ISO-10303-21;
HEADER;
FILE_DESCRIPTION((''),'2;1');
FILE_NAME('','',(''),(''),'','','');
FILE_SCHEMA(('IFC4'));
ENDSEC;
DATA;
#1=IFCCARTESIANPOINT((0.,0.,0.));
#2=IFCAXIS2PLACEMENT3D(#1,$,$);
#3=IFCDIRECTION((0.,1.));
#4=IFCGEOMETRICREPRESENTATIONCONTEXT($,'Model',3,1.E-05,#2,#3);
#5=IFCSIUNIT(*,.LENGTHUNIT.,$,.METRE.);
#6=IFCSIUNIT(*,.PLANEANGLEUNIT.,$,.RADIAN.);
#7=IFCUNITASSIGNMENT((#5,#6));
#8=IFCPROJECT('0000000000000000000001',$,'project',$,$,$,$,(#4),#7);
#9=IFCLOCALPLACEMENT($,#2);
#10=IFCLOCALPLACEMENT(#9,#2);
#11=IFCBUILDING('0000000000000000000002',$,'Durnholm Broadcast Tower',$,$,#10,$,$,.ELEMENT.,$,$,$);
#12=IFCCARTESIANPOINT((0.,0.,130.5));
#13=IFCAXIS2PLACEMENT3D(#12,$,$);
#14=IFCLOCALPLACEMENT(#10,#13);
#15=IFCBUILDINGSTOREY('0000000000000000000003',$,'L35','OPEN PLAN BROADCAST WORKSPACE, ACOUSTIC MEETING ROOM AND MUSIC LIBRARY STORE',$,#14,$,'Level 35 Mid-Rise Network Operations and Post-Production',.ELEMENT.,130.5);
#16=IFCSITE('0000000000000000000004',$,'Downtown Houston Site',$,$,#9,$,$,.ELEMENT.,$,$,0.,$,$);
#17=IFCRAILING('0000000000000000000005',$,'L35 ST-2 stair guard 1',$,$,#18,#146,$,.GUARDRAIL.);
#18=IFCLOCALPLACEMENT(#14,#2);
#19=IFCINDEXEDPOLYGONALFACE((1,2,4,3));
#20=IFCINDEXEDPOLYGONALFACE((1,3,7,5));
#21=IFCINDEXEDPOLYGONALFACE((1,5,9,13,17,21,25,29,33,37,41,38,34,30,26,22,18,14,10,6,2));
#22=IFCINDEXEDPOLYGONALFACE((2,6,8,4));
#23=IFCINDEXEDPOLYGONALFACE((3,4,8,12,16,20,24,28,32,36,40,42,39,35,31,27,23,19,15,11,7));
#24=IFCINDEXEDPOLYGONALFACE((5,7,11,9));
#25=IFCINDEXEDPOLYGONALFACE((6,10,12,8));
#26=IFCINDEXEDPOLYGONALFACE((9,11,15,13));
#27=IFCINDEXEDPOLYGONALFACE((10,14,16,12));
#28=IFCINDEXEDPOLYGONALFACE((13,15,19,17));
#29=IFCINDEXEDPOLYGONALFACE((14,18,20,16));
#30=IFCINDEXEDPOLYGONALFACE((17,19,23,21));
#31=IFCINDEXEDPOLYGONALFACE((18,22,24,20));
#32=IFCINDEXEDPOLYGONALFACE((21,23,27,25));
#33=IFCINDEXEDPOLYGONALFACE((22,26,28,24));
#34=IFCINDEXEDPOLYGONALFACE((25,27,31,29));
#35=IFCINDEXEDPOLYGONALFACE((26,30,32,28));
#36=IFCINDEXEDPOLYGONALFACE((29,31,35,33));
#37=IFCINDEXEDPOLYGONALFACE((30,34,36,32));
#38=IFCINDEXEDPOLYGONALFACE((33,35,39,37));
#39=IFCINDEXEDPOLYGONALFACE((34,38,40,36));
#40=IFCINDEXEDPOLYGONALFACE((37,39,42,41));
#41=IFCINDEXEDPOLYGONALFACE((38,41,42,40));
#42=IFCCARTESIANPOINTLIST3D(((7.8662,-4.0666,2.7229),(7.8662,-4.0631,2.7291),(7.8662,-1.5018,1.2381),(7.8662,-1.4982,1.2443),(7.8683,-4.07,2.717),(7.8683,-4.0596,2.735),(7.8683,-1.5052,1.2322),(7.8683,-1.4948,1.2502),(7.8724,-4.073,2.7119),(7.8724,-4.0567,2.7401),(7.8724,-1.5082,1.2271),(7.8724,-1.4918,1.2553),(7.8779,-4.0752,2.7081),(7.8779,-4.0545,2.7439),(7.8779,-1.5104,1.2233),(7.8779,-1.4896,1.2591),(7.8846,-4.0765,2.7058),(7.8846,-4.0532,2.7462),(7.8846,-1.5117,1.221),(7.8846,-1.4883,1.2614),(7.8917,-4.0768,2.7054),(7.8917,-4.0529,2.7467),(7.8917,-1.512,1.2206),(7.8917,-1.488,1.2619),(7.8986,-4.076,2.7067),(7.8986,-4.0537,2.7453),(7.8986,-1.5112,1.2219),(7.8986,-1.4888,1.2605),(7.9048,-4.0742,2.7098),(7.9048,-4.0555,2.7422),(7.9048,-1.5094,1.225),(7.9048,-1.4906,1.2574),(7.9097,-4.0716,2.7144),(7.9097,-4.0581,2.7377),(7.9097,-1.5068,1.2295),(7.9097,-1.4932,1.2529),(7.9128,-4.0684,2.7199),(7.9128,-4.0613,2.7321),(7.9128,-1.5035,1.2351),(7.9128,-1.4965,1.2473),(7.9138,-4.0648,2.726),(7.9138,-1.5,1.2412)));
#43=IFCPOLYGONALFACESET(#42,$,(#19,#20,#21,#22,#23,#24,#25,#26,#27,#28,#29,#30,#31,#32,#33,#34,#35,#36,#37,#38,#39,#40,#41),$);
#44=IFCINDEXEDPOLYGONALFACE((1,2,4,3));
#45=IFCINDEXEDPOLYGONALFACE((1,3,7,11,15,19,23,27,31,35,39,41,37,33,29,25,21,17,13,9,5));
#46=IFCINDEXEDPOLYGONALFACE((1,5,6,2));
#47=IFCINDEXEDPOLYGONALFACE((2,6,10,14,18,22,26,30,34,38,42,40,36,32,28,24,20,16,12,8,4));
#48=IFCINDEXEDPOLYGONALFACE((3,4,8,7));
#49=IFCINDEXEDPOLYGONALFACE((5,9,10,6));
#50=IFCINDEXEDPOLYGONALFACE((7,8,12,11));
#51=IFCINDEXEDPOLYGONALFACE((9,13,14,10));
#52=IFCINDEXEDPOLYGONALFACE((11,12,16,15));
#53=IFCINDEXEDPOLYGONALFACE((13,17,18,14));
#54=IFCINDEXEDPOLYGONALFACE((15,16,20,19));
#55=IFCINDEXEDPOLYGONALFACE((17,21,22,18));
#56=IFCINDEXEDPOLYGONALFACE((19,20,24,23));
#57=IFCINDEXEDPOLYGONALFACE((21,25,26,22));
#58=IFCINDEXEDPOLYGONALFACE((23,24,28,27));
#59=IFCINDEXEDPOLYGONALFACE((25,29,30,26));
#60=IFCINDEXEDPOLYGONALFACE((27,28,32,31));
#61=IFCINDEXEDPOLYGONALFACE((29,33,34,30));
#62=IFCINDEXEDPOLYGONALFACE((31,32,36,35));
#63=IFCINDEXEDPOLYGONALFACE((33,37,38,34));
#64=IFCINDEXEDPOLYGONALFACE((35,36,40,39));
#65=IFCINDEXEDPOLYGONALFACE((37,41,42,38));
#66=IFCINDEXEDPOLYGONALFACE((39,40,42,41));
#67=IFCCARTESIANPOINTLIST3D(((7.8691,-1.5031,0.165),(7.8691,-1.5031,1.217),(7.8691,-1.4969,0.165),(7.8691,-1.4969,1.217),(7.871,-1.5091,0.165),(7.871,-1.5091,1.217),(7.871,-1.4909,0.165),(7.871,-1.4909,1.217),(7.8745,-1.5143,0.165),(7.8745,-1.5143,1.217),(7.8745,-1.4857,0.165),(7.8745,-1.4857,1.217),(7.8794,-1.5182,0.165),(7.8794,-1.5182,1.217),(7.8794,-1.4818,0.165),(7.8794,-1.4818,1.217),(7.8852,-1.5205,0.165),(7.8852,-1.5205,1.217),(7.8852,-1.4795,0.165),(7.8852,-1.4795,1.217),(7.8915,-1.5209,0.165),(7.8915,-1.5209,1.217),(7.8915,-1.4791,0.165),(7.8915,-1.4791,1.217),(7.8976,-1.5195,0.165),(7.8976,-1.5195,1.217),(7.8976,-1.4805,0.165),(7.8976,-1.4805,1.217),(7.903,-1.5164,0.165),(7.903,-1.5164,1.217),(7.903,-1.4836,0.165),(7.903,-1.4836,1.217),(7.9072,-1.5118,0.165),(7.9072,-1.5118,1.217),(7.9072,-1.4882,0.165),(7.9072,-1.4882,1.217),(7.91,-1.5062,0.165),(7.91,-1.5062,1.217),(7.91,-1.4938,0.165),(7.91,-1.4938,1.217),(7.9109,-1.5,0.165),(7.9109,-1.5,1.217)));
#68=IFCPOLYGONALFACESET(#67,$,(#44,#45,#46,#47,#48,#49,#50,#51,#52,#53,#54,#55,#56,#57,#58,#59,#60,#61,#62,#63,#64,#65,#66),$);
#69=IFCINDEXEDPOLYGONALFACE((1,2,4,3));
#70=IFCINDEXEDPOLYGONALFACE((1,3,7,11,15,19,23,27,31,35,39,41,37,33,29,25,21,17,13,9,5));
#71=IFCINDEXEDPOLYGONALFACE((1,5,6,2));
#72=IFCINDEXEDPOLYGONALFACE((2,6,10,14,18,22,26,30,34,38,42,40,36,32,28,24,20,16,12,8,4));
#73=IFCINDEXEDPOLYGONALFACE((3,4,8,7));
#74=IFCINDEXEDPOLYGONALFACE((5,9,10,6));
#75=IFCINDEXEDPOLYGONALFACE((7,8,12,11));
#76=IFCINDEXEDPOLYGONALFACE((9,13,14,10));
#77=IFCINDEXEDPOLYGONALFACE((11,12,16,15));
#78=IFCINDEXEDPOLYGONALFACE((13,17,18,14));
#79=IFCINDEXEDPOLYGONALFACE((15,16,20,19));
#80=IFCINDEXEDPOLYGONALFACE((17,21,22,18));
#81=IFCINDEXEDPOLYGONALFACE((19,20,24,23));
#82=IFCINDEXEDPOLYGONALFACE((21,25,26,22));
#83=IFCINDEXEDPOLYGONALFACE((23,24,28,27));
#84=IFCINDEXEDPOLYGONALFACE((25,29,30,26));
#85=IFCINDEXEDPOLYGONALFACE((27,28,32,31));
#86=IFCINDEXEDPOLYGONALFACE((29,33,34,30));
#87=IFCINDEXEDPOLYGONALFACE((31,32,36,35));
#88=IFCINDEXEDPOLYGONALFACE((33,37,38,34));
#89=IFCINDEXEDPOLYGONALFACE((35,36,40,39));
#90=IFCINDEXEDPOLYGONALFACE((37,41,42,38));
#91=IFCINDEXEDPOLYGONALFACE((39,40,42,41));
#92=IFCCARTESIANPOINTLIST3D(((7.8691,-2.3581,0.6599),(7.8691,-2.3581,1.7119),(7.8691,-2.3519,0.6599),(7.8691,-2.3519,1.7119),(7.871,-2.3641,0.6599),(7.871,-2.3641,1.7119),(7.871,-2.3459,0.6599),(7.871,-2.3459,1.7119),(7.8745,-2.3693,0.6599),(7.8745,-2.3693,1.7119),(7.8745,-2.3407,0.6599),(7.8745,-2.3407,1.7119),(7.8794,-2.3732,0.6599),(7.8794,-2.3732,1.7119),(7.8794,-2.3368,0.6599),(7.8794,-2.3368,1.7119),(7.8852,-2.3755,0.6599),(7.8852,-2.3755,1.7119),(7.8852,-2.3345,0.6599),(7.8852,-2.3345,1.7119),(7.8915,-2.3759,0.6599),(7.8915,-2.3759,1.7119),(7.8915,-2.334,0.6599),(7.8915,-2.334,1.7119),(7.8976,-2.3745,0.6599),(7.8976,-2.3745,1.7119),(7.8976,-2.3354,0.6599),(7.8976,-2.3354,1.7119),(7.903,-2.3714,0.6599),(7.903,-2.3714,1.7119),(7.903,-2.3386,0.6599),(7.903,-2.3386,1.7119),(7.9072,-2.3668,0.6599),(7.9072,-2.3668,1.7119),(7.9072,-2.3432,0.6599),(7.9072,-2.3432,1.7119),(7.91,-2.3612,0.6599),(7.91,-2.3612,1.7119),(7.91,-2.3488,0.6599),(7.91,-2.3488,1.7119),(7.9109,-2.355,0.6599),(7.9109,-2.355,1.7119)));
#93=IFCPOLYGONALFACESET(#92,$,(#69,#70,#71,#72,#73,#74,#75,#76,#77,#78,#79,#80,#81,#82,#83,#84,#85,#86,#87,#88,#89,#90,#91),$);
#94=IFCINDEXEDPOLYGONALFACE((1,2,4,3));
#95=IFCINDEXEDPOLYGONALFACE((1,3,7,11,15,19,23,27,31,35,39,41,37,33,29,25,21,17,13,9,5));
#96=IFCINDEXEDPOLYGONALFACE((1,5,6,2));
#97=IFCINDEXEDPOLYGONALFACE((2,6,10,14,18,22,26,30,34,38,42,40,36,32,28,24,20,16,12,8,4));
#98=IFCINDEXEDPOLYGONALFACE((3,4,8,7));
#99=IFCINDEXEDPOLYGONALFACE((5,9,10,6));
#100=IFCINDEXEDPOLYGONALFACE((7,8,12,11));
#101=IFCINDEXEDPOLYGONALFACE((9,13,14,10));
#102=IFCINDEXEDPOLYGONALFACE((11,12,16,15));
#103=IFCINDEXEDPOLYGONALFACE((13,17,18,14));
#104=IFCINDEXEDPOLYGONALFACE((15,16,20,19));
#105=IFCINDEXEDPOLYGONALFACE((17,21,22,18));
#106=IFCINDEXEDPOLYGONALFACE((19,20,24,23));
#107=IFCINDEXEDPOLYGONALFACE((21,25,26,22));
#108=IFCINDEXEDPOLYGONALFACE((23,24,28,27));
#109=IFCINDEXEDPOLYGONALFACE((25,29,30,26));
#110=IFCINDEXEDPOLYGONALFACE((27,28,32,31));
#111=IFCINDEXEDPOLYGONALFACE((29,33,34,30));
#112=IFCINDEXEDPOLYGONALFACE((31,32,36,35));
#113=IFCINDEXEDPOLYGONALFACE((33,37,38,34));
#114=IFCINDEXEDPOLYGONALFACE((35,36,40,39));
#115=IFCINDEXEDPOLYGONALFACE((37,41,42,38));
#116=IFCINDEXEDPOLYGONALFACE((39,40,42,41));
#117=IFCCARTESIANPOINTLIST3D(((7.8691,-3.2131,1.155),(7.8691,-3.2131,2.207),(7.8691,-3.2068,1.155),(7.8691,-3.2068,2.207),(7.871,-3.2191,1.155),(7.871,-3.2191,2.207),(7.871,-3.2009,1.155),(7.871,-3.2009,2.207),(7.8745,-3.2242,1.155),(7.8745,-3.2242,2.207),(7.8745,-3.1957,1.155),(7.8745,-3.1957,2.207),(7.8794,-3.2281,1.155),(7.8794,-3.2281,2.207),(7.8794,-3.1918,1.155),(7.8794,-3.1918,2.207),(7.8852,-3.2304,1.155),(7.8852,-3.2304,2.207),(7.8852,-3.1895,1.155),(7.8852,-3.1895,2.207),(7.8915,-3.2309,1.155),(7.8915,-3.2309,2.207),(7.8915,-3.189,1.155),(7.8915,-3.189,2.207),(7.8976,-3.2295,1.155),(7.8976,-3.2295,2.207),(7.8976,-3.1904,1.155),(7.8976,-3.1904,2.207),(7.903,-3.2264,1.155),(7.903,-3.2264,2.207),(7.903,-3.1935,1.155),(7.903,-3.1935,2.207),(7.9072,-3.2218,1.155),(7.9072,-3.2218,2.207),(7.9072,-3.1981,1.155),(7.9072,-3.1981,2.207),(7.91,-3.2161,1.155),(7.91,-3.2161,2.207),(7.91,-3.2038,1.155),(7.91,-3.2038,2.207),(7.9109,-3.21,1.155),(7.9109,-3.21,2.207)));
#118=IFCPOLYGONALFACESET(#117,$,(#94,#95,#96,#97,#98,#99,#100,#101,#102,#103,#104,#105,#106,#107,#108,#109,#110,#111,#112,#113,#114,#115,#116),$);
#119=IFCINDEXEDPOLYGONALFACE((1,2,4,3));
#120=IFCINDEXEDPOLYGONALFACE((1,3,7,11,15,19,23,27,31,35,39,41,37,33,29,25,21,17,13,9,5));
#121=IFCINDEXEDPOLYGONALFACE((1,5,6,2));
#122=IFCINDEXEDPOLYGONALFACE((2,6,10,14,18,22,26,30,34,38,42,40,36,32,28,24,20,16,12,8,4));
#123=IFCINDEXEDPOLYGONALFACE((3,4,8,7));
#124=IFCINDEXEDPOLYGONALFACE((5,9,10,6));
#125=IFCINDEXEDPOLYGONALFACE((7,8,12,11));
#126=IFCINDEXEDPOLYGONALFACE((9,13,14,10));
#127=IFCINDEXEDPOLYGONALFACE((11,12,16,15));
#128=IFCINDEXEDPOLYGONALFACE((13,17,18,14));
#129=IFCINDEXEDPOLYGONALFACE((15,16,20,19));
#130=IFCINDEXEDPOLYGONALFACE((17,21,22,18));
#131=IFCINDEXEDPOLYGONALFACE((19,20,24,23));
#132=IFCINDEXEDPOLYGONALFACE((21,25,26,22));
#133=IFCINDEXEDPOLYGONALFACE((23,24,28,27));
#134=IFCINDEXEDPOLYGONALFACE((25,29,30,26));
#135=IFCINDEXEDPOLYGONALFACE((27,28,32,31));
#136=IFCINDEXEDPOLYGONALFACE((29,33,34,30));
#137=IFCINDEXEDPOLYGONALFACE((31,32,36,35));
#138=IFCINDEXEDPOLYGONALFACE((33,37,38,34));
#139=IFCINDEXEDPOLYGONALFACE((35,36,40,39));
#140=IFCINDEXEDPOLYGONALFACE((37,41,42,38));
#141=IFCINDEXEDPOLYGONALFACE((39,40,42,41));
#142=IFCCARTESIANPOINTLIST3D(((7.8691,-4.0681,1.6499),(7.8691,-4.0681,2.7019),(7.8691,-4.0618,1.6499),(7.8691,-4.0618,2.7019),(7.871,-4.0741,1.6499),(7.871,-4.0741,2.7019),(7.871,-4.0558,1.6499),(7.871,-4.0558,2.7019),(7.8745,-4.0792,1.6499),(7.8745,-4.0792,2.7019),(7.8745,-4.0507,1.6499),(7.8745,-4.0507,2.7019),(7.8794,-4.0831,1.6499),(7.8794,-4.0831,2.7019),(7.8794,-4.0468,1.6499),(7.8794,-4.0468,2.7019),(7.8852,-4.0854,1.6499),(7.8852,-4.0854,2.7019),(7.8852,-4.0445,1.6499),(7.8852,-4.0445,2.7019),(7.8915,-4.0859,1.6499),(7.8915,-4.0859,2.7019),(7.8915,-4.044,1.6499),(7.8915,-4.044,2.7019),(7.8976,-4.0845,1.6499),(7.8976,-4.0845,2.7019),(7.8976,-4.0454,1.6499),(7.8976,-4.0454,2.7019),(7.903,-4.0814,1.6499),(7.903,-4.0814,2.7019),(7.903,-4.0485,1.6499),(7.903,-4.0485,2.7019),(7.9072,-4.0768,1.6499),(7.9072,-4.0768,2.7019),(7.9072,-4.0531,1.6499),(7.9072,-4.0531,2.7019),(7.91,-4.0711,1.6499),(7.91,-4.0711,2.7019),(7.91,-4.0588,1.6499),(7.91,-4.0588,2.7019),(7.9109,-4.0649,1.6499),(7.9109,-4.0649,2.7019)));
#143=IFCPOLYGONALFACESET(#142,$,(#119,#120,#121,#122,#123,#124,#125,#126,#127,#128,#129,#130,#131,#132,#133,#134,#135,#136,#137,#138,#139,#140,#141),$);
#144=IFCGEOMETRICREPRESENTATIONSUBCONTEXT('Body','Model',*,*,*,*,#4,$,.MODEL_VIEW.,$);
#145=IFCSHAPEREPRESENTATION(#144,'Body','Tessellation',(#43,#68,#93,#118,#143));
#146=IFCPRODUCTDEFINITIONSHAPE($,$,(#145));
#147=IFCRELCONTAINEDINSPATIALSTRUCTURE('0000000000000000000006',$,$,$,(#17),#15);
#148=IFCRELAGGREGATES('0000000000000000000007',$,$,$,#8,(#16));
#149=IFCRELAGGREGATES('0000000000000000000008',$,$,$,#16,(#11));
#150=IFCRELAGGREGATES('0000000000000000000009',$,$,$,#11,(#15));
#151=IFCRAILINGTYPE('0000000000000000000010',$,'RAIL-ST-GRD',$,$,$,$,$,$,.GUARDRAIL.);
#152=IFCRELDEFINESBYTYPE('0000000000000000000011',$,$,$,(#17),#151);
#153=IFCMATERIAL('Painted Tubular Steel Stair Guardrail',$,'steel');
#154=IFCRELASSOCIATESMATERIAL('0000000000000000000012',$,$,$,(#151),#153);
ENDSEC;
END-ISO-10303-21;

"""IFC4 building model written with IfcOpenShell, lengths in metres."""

from ifc_helpers import new_model, si_unit, direction, frame, origin, origin_2d, place, context, subcontext, project, spatial, circle, extrude, material, type_object, element, save


model = new_model("IFC4")

# Units and contexts
model_context = context("Model", 3, precision=1e-05, world=origin(), true_north=direction((0.0, 1.0)))
body_context = subcontext(model_context, "Body", "Model", "MODEL_VIEW")
ifc_project = project(units=[si_unit("LENGTHUNIT", "METRE"), si_unit("PLANEANGLEUNIT", "RADIAN")], contexts=[model_context])

# Site, building, storey
site_placement = place(None, origin())
site = spatial("IfcSite", under=ifc_project, at=site_placement, Name="Downtown Houston Site", CompositionType="ELEMENT", RefElevation=0.0)
building_placement = place(site_placement, origin())
building = spatial("IfcBuilding", under=site, at=building_placement, Name="Durnholm Broadcast Tower", CompositionType="ELEMENT")
storey_placement = place(building_placement, frame((0.0, 0.0, 130.5)))
storey = spatial("IfcBuildingStorey", under=building, at=storey_placement, Name="L35", Description="OPEN PLAN BROADCAST WORKSPACE, ACOUSTIC MEETING ROOM AND MUSIC LIBRARY STORE", LongName="Level 35 Mid-Rise Network Operations and Post-Production", CompositionType="ELEMENT", Elevation=130.5)

# Railing
ifc_material_1 = material(Name="Painted Tubular Steel Stair Guardrail", Category="steel")
railing_type_1 = type_object("IfcRailingType", Name="RAIL-ST-GRD", PredefinedType="GUARDRAIL", material=ifc_material_1)
railing_1_placement = place(storey_placement, frame((7.8899, -1.5, 0.165)))
element("IfcRailing", 1, at=railing_1_placement, inside=storey, type_object=railing_type_1, Name="L35 ST-2 stair guard 1", PredefinedType="GUARDRAIL", context=body_context, shape_type="SweptSolid", body=[
    extrude(circle(Radius=0.0239, at=origin_2d()), frame((0.0, 0.0, 1.0762), z_axis=(0.0, -0.865441, 0.50101), x_axis=(1.0, 0.0, 0.0)), (0.0, 0.0, 1.0), 2.9636),
    extrude(circle(Radius=0.021, at=origin_2d()), origin(), (0.0, 0.0, 1.0), 1.052),
    extrude(circle(Radius=0.021, at=origin_2d()), frame((0.0, -0.855, 0.4949)), (0.0, 0.0, 1.0), 1.052),
    extrude(circle(Radius=0.021, at=origin_2d()), frame((0.0, -1.71, 0.99)), (0.0, 0.0, 1.0), 1.052),
    extrude(circle(Radius=0.021, at=origin_2d()), frame((0.0, -2.5649, 1.4849)), (0.0, 0.0, 1.0), 1.052),
])

save(model, "model.ifc")
